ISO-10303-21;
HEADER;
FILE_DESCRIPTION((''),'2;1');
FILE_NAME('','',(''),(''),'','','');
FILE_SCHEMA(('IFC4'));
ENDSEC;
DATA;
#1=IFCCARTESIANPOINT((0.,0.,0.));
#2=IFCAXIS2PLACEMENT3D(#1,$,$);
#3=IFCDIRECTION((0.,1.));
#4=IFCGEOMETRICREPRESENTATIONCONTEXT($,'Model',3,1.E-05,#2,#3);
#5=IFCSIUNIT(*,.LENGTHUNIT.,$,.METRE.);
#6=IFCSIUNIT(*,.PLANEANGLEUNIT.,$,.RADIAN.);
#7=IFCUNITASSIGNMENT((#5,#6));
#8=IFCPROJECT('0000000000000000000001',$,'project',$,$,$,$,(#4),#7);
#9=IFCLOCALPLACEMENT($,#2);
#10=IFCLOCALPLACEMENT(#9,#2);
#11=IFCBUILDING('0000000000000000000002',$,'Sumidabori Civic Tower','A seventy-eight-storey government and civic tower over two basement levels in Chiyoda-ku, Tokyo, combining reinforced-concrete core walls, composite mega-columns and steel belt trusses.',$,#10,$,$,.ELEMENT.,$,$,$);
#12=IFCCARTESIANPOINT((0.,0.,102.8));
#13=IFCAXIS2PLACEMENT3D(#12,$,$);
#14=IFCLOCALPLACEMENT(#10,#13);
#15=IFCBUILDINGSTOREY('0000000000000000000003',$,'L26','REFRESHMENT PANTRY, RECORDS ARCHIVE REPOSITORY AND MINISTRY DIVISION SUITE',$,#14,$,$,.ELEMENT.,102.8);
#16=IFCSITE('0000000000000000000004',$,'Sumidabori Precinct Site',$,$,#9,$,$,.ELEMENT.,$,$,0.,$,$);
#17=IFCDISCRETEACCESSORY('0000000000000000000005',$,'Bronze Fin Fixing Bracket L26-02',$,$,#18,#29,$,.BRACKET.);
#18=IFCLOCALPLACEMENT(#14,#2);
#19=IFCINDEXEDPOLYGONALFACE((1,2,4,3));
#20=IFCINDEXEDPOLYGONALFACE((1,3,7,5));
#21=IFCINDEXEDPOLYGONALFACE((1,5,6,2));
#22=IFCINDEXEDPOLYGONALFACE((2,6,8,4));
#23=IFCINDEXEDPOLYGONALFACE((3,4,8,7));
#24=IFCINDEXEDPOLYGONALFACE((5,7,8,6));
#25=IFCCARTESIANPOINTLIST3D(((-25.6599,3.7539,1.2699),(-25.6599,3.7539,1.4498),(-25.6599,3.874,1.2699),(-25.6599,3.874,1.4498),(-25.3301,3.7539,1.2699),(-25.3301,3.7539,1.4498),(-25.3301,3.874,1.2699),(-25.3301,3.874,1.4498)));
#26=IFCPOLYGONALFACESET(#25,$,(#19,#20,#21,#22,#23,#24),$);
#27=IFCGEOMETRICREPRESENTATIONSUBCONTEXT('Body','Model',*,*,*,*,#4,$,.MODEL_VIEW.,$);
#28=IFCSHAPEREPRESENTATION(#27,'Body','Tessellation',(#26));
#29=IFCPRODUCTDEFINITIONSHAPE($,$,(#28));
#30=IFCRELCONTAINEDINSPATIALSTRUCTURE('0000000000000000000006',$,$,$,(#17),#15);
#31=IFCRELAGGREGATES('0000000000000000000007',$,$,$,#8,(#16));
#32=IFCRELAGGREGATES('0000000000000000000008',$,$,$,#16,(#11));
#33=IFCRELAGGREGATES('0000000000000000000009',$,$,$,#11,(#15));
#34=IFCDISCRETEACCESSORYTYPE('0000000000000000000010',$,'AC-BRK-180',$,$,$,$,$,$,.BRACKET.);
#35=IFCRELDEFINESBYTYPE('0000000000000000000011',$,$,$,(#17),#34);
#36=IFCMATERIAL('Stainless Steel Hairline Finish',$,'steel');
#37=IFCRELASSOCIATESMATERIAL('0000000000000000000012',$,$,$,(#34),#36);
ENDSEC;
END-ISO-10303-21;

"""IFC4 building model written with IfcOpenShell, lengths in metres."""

from ifc_helpers import new_model, si_unit, direction, frame, origin, origin_2d, place, context, subcontext, project, spatial, rectangle, extrude, source, transform, mapped, material, material_profile, profile_set, type_object, element, save


model = new_model("IFC4")

# Units and contexts
model_context = context("Model", 3, precision=1e-05, world=origin(), true_north=direction((0.0, 1.0)))
body_context = subcontext(model_context, "Body", "Model", "MODEL_VIEW")
ifc_project = project(units=[si_unit("LENGTHUNIT", "METRE"), si_unit("PLANEANGLEUNIT", "RADIAN")], contexts=[model_context])

# Site, building, storey
site_placement = place(None, origin())
site = spatial("IfcSite", under=ifc_project, at=site_placement, Name="Sumidabori Precinct Site", CompositionType="ELEMENT", RefElevation=0.0)
building_placement = place(site_placement, origin())
building = spatial("IfcBuilding", under=site, at=building_placement, Name="Sumidabori Civic Tower", Description="A seventy-eight-storey government and civic tower over two basement levels in Chiyoda-ku, Tokyo, combining reinforced-concrete core walls, composite mega-columns and steel belt trusses.", CompositionType="ELEMENT")
storey_placement = place(building_placement, frame((0.0, 0.0, 102.8)))
storey = spatial("IfcBuildingStorey", under=building, at=storey_placement, Name="L26", Description="REFRESHMENT PANTRY, RECORDS ARCHIVE REPOSITORY AND MINISTRY DIVISION SUITE", CompositionType="ELEMENT", Elevation=102.8)

# Discrete accessory
ifc_material_1 = material(Name="Stainless Steel Hairline Finish", Category="steel")
ifc_material_profile_1 = material_profile(ifc_material_1, rectangle(XDim=0.1201, YDim=0.1799, at=origin_2d()), Name="STEEL BRACKET 180x120")
ifc_profile_set_1 = profile_set([ifc_material_profile_1], Name="Stainless Steel Hairline Finish")
discrete_accessory_type = type_object("IfcDiscreteAccessoryType", Name="AC-BRK-180", PredefinedType="BRACKET", material=ifc_profile_set_1)
shared_shape_1 = source(origin(), body_context, "Body", "SweptSolid", [
    extrude(rectangle(XDim=0.1201, YDim=0.1799, at=origin_2d()), origin(), (0.0, 0.0, 1.0), 0.3298),
])
discrete_accessory_placement = place(storey_placement, frame((-25.3301, 3.814, 1.3599), z_axis=(-1.0, 0.0, 0.0), x_axis=(0.0, -1.0, 0.0)))
element("IfcDiscreteAccessory", 1, at=discrete_accessory_placement, inside=storey, type_object=discrete_accessory_type, Name="Bronze Fin Fixing Bracket L26-02", PredefinedType="BRACKET", context=body_context, shape_type="MappedRepresentation", body=[
    mapped(shared_shape_1, transform((0.0, 0.0, 0.0), x_axis=(1.0, 0.0, 0.0), y_axis=(0.0, 1.0, 0.0), z_axis=(0.0, 0.0, 1.0), scale=1.0)),
])

save(model, "model.ifc")
